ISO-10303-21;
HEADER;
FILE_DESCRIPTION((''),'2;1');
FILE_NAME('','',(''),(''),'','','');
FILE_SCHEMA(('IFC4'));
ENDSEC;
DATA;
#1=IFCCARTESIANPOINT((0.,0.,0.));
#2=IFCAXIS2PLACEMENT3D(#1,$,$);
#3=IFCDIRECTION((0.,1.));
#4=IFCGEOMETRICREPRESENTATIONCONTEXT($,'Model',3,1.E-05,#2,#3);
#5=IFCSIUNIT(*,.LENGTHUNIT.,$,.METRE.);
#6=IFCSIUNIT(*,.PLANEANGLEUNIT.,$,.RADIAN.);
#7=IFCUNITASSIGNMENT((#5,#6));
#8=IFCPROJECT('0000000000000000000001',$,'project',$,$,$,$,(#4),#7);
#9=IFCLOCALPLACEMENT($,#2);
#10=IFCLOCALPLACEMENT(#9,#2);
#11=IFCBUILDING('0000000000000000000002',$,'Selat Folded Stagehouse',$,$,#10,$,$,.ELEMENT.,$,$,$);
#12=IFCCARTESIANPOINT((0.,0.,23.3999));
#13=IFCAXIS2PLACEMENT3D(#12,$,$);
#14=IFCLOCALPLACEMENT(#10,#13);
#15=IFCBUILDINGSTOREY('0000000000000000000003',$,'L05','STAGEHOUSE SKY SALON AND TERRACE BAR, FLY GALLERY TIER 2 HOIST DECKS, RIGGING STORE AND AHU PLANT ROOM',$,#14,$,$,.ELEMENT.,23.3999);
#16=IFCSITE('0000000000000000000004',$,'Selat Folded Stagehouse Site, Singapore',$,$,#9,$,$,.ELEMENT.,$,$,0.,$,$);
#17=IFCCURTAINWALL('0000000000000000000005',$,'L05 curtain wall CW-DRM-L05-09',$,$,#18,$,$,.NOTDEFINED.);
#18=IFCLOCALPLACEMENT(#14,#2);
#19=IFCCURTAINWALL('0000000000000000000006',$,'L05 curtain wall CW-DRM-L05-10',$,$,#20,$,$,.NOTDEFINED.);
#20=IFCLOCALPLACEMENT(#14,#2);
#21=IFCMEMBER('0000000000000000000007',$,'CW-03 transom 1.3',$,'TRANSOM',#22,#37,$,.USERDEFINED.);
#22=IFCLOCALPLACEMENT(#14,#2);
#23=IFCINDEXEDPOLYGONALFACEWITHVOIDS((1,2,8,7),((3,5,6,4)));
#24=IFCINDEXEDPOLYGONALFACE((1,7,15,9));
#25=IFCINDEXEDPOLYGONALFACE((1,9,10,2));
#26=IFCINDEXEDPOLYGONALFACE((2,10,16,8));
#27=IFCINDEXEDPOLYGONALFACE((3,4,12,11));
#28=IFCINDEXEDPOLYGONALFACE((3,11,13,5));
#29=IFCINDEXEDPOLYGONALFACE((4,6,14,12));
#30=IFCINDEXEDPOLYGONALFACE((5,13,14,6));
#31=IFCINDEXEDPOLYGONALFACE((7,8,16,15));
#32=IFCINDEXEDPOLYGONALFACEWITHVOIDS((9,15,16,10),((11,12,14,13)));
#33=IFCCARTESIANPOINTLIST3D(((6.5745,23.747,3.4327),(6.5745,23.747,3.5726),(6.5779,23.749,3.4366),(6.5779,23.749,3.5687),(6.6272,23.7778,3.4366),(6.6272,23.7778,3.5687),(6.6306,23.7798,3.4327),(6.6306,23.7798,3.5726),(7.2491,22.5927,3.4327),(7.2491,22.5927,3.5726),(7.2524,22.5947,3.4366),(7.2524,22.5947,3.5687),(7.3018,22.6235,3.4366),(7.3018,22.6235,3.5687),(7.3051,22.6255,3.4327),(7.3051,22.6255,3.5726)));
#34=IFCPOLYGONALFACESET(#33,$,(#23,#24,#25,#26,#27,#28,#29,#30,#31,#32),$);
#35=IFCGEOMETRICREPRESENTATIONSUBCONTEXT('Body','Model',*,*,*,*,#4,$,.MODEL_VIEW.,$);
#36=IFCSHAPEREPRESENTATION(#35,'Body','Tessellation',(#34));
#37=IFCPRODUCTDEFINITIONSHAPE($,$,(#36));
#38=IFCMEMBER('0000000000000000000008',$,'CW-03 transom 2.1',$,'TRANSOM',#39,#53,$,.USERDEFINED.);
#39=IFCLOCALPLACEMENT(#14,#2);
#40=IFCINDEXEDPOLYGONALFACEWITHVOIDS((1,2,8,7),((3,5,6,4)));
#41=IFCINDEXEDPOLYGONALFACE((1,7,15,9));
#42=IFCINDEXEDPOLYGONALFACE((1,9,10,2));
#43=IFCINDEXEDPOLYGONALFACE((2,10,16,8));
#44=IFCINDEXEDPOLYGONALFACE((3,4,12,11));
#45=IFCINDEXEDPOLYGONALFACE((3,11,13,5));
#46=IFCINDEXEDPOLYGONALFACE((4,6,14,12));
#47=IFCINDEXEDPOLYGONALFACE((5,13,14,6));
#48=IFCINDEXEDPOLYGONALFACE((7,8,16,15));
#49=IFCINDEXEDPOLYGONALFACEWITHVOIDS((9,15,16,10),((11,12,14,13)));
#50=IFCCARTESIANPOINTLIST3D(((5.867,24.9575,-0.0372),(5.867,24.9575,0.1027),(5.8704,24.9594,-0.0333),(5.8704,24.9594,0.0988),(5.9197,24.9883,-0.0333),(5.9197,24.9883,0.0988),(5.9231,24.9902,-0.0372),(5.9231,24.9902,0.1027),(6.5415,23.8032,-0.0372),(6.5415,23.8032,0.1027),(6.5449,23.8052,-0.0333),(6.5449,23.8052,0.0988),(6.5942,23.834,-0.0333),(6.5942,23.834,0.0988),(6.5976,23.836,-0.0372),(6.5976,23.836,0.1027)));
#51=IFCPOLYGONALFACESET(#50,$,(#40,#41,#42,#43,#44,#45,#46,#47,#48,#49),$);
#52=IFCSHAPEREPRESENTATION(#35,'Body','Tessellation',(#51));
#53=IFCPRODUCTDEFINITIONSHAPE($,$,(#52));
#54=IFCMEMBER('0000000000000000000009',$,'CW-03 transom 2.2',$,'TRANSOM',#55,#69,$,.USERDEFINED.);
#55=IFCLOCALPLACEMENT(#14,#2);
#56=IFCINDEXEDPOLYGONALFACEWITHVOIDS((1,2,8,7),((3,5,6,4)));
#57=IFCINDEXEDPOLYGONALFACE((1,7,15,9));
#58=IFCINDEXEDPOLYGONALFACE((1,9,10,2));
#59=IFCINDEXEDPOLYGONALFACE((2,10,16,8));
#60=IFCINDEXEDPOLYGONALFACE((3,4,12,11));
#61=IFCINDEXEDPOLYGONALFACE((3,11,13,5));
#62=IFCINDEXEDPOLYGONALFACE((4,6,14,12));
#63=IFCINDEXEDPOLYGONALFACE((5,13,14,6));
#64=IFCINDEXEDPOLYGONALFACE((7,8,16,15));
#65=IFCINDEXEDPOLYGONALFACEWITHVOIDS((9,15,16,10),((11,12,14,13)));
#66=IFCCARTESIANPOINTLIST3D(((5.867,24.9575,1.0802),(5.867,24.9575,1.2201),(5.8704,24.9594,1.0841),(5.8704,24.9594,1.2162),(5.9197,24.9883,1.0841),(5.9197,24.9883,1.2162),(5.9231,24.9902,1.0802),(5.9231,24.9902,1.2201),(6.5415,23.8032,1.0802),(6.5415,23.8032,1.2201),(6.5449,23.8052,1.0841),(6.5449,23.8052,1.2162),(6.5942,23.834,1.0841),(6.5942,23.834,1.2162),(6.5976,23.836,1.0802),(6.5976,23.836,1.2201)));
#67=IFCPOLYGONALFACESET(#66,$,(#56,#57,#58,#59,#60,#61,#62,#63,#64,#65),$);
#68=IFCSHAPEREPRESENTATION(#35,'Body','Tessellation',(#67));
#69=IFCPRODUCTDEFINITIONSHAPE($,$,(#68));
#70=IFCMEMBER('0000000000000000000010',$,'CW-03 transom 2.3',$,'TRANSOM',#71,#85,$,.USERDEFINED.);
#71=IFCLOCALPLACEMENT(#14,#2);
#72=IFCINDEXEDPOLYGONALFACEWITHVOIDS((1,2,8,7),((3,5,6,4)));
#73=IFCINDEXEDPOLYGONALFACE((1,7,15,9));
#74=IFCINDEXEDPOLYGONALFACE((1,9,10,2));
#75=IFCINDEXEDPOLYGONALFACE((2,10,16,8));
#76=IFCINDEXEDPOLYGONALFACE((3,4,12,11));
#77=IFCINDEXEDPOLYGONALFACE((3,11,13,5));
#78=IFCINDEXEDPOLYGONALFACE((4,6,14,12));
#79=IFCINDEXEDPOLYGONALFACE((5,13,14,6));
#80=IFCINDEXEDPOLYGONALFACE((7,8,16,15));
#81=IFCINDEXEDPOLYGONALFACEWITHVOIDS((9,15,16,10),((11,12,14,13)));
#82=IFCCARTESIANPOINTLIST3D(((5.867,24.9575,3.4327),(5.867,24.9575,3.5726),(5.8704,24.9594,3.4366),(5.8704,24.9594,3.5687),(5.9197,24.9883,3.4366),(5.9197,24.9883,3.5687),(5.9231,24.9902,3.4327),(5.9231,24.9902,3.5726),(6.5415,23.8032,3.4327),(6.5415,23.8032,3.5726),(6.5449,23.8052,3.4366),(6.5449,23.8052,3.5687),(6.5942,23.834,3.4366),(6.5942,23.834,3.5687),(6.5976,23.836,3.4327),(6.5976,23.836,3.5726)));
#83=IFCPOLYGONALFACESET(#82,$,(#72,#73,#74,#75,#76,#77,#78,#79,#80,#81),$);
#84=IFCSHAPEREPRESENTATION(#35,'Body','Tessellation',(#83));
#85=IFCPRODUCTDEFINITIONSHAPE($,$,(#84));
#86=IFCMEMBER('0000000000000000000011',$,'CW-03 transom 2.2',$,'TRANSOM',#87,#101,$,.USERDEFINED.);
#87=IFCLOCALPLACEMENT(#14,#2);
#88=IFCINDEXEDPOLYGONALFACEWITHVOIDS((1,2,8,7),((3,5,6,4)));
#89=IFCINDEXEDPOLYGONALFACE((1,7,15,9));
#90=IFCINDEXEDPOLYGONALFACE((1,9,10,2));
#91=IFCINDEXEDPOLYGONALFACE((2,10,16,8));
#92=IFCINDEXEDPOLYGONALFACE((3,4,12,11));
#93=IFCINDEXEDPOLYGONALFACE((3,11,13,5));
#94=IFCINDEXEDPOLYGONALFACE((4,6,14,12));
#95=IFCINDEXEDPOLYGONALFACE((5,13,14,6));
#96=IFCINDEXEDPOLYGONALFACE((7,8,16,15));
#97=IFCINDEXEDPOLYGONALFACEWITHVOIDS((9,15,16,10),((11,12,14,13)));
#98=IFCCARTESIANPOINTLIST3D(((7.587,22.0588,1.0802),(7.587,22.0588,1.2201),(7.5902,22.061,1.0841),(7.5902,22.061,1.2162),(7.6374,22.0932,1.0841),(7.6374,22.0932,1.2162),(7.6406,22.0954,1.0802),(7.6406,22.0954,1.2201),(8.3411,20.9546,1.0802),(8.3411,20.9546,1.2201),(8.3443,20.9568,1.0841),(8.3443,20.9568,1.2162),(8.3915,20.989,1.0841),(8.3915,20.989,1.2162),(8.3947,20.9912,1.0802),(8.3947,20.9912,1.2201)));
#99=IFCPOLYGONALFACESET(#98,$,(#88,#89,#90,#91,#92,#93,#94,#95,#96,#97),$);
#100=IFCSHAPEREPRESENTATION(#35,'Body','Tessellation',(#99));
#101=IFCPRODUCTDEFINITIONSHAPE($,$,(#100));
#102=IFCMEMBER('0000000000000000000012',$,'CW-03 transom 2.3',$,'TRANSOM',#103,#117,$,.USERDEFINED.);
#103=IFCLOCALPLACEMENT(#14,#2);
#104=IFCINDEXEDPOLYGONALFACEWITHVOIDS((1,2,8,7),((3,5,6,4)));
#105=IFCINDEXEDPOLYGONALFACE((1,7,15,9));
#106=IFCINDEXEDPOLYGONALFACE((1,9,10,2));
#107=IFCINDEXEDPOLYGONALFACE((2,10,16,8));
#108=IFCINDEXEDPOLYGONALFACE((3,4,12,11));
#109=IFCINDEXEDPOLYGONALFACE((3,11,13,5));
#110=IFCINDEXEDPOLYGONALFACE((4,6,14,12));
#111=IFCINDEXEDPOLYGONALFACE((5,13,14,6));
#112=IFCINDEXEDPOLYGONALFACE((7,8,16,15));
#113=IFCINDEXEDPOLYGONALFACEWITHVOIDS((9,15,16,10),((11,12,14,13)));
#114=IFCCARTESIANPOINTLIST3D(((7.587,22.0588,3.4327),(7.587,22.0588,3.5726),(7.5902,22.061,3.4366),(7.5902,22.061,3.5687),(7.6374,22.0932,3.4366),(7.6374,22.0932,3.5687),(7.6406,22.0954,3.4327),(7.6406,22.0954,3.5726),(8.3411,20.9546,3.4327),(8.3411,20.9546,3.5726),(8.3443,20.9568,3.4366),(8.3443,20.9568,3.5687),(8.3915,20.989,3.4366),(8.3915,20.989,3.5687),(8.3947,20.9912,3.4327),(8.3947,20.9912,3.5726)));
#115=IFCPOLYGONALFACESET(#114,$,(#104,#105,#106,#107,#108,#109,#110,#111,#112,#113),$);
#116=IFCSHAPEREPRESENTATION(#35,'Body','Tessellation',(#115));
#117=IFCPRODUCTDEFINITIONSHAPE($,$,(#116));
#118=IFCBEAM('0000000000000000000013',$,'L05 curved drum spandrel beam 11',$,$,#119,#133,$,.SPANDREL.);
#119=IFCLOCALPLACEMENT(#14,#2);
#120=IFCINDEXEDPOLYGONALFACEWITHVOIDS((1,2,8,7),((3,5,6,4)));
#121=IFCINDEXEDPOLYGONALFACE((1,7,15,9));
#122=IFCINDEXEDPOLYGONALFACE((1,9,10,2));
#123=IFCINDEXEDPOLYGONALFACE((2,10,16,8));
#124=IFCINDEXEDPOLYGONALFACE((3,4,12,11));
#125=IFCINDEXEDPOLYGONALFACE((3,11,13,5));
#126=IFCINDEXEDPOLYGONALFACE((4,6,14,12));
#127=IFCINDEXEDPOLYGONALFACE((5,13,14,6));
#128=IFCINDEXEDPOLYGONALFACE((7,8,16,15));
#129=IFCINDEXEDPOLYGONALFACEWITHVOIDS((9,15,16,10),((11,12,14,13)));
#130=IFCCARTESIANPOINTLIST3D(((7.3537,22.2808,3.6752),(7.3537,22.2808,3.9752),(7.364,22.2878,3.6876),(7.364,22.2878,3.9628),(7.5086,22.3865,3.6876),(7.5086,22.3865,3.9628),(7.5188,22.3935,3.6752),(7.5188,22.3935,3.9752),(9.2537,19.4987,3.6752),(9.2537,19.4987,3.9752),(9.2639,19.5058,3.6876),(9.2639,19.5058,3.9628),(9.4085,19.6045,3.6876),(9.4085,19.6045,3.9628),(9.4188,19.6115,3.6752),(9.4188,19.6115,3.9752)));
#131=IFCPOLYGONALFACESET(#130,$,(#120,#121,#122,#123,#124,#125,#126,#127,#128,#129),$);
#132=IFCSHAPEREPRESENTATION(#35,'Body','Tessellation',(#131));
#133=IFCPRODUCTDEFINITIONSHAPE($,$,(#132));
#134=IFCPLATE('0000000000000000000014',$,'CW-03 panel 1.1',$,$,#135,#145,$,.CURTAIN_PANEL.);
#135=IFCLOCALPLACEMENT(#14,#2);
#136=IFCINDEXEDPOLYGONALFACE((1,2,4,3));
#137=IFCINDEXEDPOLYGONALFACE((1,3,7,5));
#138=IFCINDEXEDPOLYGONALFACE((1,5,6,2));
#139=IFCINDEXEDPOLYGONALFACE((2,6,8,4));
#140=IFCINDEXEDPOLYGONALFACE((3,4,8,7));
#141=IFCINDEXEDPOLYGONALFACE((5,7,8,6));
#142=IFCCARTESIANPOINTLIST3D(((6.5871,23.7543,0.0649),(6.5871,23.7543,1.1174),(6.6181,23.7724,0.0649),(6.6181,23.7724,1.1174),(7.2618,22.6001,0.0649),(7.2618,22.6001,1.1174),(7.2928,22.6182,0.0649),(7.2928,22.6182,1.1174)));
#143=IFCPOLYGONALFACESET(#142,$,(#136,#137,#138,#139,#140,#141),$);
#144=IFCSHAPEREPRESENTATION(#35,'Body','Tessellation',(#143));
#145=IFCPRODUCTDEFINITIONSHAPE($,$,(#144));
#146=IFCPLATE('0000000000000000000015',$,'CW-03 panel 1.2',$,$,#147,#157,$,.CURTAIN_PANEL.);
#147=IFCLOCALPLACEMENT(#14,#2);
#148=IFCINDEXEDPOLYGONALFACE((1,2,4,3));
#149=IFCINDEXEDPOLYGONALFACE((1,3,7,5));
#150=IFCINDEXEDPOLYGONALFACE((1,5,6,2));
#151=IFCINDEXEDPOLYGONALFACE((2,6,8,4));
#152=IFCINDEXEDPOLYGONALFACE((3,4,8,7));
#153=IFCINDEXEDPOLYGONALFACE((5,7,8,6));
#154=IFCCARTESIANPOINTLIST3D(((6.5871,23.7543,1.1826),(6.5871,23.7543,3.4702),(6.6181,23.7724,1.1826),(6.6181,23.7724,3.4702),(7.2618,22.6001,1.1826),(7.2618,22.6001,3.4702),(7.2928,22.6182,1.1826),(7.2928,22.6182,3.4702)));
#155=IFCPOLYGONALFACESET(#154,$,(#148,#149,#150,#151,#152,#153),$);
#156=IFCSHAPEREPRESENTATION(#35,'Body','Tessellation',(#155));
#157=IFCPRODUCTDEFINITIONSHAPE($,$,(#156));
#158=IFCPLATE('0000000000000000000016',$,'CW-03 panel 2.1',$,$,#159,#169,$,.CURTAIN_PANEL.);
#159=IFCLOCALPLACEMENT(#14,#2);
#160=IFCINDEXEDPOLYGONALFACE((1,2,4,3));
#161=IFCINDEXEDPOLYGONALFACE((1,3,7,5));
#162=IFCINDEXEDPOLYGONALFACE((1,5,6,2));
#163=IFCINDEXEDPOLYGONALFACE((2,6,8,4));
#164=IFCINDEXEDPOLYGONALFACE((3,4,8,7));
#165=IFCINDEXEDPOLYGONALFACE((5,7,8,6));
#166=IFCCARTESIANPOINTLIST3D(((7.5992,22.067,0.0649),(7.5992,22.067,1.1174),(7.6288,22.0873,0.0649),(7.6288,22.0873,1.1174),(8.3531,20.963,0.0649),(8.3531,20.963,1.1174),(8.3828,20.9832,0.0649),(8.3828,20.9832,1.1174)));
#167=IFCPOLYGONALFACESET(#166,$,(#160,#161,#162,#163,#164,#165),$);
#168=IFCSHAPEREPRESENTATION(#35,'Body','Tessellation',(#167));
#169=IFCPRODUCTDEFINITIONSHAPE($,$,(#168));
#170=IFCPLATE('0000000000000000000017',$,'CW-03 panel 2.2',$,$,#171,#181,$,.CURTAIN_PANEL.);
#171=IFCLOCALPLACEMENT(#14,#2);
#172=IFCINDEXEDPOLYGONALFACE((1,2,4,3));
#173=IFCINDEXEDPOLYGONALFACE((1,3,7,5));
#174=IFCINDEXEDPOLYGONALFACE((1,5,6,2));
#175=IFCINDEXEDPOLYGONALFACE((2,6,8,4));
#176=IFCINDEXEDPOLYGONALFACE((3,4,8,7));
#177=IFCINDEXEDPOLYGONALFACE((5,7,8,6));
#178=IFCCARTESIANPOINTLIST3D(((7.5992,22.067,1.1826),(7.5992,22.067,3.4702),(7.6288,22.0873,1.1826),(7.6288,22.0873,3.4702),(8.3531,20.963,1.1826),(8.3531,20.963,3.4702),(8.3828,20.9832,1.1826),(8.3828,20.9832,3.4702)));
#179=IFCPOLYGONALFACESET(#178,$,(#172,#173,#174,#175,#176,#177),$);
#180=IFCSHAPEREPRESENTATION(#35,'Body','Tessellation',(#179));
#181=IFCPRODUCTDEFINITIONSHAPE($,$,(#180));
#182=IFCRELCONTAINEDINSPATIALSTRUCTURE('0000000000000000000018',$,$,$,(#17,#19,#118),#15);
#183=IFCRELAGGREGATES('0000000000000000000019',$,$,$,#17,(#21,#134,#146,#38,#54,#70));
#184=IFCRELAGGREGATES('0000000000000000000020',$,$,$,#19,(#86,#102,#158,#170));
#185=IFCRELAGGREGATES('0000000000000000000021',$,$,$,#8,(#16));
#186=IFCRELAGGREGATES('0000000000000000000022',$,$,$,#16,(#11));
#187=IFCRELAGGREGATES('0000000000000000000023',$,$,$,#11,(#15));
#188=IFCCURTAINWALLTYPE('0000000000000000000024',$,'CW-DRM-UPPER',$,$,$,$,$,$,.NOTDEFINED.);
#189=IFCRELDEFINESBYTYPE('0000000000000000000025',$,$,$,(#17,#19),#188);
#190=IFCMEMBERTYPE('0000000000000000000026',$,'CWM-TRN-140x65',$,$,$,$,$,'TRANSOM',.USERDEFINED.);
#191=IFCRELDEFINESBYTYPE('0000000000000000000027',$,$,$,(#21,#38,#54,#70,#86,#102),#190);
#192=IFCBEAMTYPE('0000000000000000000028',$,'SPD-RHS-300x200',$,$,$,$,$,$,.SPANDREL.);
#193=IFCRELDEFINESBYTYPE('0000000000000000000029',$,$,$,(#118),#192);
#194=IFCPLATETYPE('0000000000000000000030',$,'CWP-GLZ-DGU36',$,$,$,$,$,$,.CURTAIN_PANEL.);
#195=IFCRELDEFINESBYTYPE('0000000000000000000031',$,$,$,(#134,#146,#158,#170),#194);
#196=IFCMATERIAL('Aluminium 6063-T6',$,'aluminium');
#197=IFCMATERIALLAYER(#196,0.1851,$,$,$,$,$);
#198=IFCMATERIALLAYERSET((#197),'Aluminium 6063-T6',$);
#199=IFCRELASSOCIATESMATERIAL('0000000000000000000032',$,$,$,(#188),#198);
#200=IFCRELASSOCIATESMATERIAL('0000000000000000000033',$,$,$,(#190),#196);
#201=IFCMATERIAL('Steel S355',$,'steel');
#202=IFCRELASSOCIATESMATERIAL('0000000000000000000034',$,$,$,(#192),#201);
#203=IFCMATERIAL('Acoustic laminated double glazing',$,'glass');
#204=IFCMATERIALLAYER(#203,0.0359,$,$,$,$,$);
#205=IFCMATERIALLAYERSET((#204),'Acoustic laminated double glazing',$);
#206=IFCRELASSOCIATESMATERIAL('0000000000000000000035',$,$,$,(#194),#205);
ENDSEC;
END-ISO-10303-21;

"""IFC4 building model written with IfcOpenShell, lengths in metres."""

from ifc_helpers import new_model, si_unit, direction, frame, origin, origin_2d, place, context, subcontext, project, spatial, rectangle, hollow_rectangle, extrude, material, layer, layer_set, material_profile, profile_set, type_object, element, aggregate, save


model = new_model("IFC4")

# Units and contexts
model_context = context("Model", 3, precision=1e-05, world=origin(), true_north=direction((0.0, 1.0)))
body_context = subcontext(model_context, "Body", "Model", "MODEL_VIEW")
ifc_project = project(units=[si_unit("LENGTHUNIT", "METRE"), si_unit("PLANEANGLEUNIT", "RADIAN")], contexts=[model_context])

# Site, building, storey
site_placement = place(None, origin())
site = spatial("IfcSite", under=ifc_project, at=site_placement, Name="Selat Folded Stagehouse Site, Singapore", CompositionType="ELEMENT", RefElevation=0.0)
building_placement = place(site_placement, origin())
building = spatial("IfcBuilding", under=site, at=building_placement, Name="Selat Folded Stagehouse", CompositionType="ELEMENT")
storey_placement = place(building_placement, frame((0.0, 0.0, 23.3999)))
storey = spatial("IfcBuildingStorey", under=building, at=storey_placement, Name="L05", Description="STAGEHOUSE SKY SALON AND TERRACE BAR, FLY GALLERY TIER 2 HOIST DECKS, RIGGING STORE AND AHU PLANT ROOM", CompositionType="ELEMENT", Elevation=23.3999)

# Shared definitions
ifc_material_1 = material(Name="Steel S355", Category="steel")

# Curtain wall
ifc_material_2 = material(Name="Aluminium 6063-T6", Category="aluminium")
ifc_layer_1 = layer(ifc_material_2, 0.1851)
ifc_layer_set_1 = layer_set([ifc_layer_1], Name="Aluminium 6063-T6")
curtain_wall_type = type_object("IfcCurtainWallType", Name="CW-DRM-UPPER", PredefinedType="NOTDEFINED", material=ifc_layer_set_1)
curtain_wall_1_placement = place(storey_placement, origin())
curtain_wall_1 = element("IfcCurtainWall", 1, at=curtain_wall_1_placement, inside=storey, type_object=curtain_wall_type, Name="L05 curtain wall CW-DRM-L05-09", PredefinedType="NOTDEFINED")

# Curtain wall
curtain_wall_2_placement = place(storey_placement, origin())
curtain_wall_2 = element("IfcCurtainWall", 2, at=curtain_wall_2_placement, inside=storey, type_object=curtain_wall_type, Name="L05 curtain wall CW-DRM-L05-10", PredefinedType="NOTDEFINED")

# Members
ifc_material_profile_1 = material_profile(ifc_material_2, hollow_rectangle(XDim=0.0649, YDim=0.1399, WallThickness=0.0039, at=origin_2d()), Name="ALU 140x65x4.0")
ifc_profile_set_1 = profile_set([ifc_material_profile_1], Name="Aluminium 6063-T6")
member_type_1 = type_object("IfcMemberType", Name="CWM-TRN-140x65", ElementType="TRANSOM", PredefinedType="USERDEFINED", material=ifc_profile_set_1)
member_1_placement = place(storey_placement, frame((7.2771, 22.6091, 3.5027), z_axis=(-0.504552, 0.863381, 0.0), x_axis=(-0.863381, -0.504552, 0.0)))
member_1 = element("IfcMember", 3, at=member_1_placement, type_object=member_type_1, Name="CW-03 transom 1.3", ObjectType="TRANSOM", PredefinedType="USERDEFINED", context=body_context, shape_type="SweptSolid", body=[
    extrude(hollow_rectangle(XDim=0.0649, YDim=0.1399, WallThickness=0.0039, at=origin_2d()), origin(), (0.0, 0.0, 1.0), 1.3369),
])
member_2_placement = place(storey_placement, frame((6.5696, 23.8196, 0.0327), z_axis=(-0.504552, 0.863381, 0.0), x_axis=(-0.863381, -0.504552, 0.0)))
member_2 = element("IfcMember", 4, at=member_2_placement, type_object=member_type_1, Name="CW-03 transom 2.1", ObjectType="TRANSOM", PredefinedType="USERDEFINED", context=body_context, shape_type="SweptSolid", body=[
    extrude(hollow_rectangle(XDim=0.0649, YDim=0.1399, WallThickness=0.0039, at=origin_2d()), origin(), (0.0, 0.0, 1.0), 1.3369),
])
member_3_placement = place(storey_placement, frame((6.5696, 23.8196, 1.1501), z_axis=(-0.504552, 0.863381, 0.0), x_axis=(-0.863381, -0.504552, 0.0)))
member_3 = element("IfcMember", 5, at=member_3_placement, type_object=member_type_1, Name="CW-03 transom 2.2", ObjectType="TRANSOM", PredefinedType="USERDEFINED", context=body_context, shape_type="SweptSolid", body=[
    extrude(hollow_rectangle(XDim=0.0649, YDim=0.1399, WallThickness=0.0039, at=origin_2d()), origin(), (0.0, 0.0, 1.0), 1.3369),
])
member_4_placement = place(storey_placement, frame((6.5696, 23.8196, 3.5027), z_axis=(-0.504552, 0.863381, 0.0), x_axis=(-0.863381, -0.504552, 0.0)))
member_4 = element("IfcMember", 6, at=member_4_placement, type_object=member_type_1, Name="CW-03 transom 2.3", ObjectType="TRANSOM", PredefinedType="USERDEFINED", context=body_context, shape_type="SweptSolid", body=[
    extrude(hollow_rectangle(XDim=0.0649, YDim=0.1399, WallThickness=0.0039, at=origin_2d()), origin(), (0.0, 0.0, 1.0), 1.3369),
])
member_5_placement = place(storey_placement, frame((8.3679, 20.9729, 1.1501), z_axis=(-0.563977, 0.825791, 0.0), x_axis=(-0.825791, -0.563977, 0.0)))
member_5 = element("IfcMember", 7, at=member_5_placement, type_object=member_type_1, Name="CW-03 transom 2.2", ObjectType="TRANSOM", PredefinedType="USERDEFINED", context=body_context, shape_type="SweptSolid", body=[
    extrude(hollow_rectangle(XDim=0.0649, YDim=0.1399, WallThickness=0.0039, at=origin_2d()), origin(), (0.0, 0.0, 1.0), 1.3372),
])
member_6_placement = place(storey_placement, frame((8.3679, 20.9729, 3.5027), z_axis=(-0.563977, 0.825791, 0.0), x_axis=(-0.825791, -0.563977, 0.0)))
member_6 = element("IfcMember", 8, at=member_6_placement, type_object=member_type_1, Name="CW-03 transom 2.3", ObjectType="TRANSOM", PredefinedType="USERDEFINED", context=body_context, shape_type="SweptSolid", body=[
    extrude(hollow_rectangle(XDim=0.0649, YDim=0.1399, WallThickness=0.0039, at=origin_2d()), origin(), (0.0, 0.0, 1.0), 1.3372),
])

# Beam
ifc_material_profile_2 = material_profile(ifc_material_1, hollow_rectangle(XDim=0.2, YDim=0.3, WallThickness=0.0125, at=origin_2d()), Name="RHS 300x200x12.5")
ifc_profile_set_2 = profile_set([ifc_material_profile_2], Name="Steel S355")
beam_type_1 = type_object("IfcBeamType", Name="SPD-RHS-300x200", PredefinedType="SPANDREL", material=ifc_profile_set_2)
beam_1_placement = place(storey_placement, frame((7.4363, 22.3372, 3.8252), z_axis=(0.563964, -0.825799, 0.0), x_axis=(0.825799, 0.563964, 0.0)))
element("IfcBeam", 9, at=beam_1_placement, inside=storey, type_object=beam_type_1, Name="L05 curved drum spandrel beam 11", PredefinedType="SPANDREL", context=body_context, shape_type="SweptSolid", body=[
    extrude(hollow_rectangle(XDim=0.2, YDim=0.3, WallThickness=0.0125, at=origin_2d()), origin(), (0.0, 0.0, 1.0), 3.3689),
])

# Plates
ifc_material_3 = material(Name="Acoustic laminated double glazing", Category="glass")
ifc_layer_2 = layer(ifc_material_3, 0.0359)
ifc_layer_set_2 = layer_set([ifc_layer_2], Name="Acoustic laminated double glazing")
plate_type = type_object("IfcPlateType", Name="CWP-GLZ-DGU36", PredefinedType="CURTAIN_PANEL", material=ifc_layer_set_2)
plate_1_placement = place(storey_placement, frame((6.9399, 23.1863, 0.0649), z_axis=(0.0, 0.0, 1.0), x_axis=(-0.504636, 0.863332, 0.0)))
plate_1 = element("IfcPlate", 10, at=plate_1_placement, type_object=plate_type, Name="CW-03 panel 1.1", PredefinedType="CURTAIN_PANEL", context=body_context, shape_type="SweptSolid", body=[
    extrude(rectangle(XDim=1.3369, YDim=0.0359, at=origin_2d()), origin(), (0.0, 0.0, 1.0), 1.0525),
])
plate_2_placement = place(storey_placement, frame((6.9399, 23.1863, 1.1826), z_axis=(0.0, 0.0, 1.0), x_axis=(-0.504636, 0.863332, 0.0)))
plate_2 = element("IfcPlate", 11, at=plate_2_placement, type_object=plate_type, Name="CW-03 panel 1.2", PredefinedType="CURTAIN_PANEL", context=body_context, shape_type="SweptSolid", body=[
    extrude(rectangle(XDim=1.3369, YDim=0.0359, at=origin_2d()), origin(), (0.0, 0.0, 1.0), 2.2876),
])
aggregate(curtain_wall_1, [member_1, plate_1, plate_2, member_2, member_3, member_4])
plate_3_placement = place(storey_placement, frame((7.991, 21.5251, 0.0649), z_axis=(0.0, 0.0, 1.0), x_axis=(-0.563948, 0.82581, 0.0)))
plate_3 = element("IfcPlate", 12, at=plate_3_placement, type_object=plate_type, Name="CW-03 panel 2.1", PredefinedType="CURTAIN_PANEL", context=body_context, shape_type="SweptSolid", body=[
    extrude(rectangle(XDim=1.3369, YDim=0.0359, at=origin_2d()), origin(), (0.0, 0.0, 1.0), 1.0525),
])
plate_4_placement = place(storey_placement, frame((7.991, 21.5251, 1.1826), z_axis=(0.0, 0.0, 1.0), x_axis=(-0.563948, 0.82581, 0.0)))
plate_4 = element("IfcPlate", 13, at=plate_4_placement, type_object=plate_type, Name="CW-03 panel 2.2", PredefinedType="CURTAIN_PANEL", context=body_context, shape_type="SweptSolid", body=[
    extrude(rectangle(XDim=1.3369, YDim=0.0359, at=origin_2d()), origin(), (0.0, 0.0, 1.0), 2.2876),
])
aggregate(curtain_wall_2, [member_5, member_6, plate_3, plate_4])

save(model, "model.ifc")
